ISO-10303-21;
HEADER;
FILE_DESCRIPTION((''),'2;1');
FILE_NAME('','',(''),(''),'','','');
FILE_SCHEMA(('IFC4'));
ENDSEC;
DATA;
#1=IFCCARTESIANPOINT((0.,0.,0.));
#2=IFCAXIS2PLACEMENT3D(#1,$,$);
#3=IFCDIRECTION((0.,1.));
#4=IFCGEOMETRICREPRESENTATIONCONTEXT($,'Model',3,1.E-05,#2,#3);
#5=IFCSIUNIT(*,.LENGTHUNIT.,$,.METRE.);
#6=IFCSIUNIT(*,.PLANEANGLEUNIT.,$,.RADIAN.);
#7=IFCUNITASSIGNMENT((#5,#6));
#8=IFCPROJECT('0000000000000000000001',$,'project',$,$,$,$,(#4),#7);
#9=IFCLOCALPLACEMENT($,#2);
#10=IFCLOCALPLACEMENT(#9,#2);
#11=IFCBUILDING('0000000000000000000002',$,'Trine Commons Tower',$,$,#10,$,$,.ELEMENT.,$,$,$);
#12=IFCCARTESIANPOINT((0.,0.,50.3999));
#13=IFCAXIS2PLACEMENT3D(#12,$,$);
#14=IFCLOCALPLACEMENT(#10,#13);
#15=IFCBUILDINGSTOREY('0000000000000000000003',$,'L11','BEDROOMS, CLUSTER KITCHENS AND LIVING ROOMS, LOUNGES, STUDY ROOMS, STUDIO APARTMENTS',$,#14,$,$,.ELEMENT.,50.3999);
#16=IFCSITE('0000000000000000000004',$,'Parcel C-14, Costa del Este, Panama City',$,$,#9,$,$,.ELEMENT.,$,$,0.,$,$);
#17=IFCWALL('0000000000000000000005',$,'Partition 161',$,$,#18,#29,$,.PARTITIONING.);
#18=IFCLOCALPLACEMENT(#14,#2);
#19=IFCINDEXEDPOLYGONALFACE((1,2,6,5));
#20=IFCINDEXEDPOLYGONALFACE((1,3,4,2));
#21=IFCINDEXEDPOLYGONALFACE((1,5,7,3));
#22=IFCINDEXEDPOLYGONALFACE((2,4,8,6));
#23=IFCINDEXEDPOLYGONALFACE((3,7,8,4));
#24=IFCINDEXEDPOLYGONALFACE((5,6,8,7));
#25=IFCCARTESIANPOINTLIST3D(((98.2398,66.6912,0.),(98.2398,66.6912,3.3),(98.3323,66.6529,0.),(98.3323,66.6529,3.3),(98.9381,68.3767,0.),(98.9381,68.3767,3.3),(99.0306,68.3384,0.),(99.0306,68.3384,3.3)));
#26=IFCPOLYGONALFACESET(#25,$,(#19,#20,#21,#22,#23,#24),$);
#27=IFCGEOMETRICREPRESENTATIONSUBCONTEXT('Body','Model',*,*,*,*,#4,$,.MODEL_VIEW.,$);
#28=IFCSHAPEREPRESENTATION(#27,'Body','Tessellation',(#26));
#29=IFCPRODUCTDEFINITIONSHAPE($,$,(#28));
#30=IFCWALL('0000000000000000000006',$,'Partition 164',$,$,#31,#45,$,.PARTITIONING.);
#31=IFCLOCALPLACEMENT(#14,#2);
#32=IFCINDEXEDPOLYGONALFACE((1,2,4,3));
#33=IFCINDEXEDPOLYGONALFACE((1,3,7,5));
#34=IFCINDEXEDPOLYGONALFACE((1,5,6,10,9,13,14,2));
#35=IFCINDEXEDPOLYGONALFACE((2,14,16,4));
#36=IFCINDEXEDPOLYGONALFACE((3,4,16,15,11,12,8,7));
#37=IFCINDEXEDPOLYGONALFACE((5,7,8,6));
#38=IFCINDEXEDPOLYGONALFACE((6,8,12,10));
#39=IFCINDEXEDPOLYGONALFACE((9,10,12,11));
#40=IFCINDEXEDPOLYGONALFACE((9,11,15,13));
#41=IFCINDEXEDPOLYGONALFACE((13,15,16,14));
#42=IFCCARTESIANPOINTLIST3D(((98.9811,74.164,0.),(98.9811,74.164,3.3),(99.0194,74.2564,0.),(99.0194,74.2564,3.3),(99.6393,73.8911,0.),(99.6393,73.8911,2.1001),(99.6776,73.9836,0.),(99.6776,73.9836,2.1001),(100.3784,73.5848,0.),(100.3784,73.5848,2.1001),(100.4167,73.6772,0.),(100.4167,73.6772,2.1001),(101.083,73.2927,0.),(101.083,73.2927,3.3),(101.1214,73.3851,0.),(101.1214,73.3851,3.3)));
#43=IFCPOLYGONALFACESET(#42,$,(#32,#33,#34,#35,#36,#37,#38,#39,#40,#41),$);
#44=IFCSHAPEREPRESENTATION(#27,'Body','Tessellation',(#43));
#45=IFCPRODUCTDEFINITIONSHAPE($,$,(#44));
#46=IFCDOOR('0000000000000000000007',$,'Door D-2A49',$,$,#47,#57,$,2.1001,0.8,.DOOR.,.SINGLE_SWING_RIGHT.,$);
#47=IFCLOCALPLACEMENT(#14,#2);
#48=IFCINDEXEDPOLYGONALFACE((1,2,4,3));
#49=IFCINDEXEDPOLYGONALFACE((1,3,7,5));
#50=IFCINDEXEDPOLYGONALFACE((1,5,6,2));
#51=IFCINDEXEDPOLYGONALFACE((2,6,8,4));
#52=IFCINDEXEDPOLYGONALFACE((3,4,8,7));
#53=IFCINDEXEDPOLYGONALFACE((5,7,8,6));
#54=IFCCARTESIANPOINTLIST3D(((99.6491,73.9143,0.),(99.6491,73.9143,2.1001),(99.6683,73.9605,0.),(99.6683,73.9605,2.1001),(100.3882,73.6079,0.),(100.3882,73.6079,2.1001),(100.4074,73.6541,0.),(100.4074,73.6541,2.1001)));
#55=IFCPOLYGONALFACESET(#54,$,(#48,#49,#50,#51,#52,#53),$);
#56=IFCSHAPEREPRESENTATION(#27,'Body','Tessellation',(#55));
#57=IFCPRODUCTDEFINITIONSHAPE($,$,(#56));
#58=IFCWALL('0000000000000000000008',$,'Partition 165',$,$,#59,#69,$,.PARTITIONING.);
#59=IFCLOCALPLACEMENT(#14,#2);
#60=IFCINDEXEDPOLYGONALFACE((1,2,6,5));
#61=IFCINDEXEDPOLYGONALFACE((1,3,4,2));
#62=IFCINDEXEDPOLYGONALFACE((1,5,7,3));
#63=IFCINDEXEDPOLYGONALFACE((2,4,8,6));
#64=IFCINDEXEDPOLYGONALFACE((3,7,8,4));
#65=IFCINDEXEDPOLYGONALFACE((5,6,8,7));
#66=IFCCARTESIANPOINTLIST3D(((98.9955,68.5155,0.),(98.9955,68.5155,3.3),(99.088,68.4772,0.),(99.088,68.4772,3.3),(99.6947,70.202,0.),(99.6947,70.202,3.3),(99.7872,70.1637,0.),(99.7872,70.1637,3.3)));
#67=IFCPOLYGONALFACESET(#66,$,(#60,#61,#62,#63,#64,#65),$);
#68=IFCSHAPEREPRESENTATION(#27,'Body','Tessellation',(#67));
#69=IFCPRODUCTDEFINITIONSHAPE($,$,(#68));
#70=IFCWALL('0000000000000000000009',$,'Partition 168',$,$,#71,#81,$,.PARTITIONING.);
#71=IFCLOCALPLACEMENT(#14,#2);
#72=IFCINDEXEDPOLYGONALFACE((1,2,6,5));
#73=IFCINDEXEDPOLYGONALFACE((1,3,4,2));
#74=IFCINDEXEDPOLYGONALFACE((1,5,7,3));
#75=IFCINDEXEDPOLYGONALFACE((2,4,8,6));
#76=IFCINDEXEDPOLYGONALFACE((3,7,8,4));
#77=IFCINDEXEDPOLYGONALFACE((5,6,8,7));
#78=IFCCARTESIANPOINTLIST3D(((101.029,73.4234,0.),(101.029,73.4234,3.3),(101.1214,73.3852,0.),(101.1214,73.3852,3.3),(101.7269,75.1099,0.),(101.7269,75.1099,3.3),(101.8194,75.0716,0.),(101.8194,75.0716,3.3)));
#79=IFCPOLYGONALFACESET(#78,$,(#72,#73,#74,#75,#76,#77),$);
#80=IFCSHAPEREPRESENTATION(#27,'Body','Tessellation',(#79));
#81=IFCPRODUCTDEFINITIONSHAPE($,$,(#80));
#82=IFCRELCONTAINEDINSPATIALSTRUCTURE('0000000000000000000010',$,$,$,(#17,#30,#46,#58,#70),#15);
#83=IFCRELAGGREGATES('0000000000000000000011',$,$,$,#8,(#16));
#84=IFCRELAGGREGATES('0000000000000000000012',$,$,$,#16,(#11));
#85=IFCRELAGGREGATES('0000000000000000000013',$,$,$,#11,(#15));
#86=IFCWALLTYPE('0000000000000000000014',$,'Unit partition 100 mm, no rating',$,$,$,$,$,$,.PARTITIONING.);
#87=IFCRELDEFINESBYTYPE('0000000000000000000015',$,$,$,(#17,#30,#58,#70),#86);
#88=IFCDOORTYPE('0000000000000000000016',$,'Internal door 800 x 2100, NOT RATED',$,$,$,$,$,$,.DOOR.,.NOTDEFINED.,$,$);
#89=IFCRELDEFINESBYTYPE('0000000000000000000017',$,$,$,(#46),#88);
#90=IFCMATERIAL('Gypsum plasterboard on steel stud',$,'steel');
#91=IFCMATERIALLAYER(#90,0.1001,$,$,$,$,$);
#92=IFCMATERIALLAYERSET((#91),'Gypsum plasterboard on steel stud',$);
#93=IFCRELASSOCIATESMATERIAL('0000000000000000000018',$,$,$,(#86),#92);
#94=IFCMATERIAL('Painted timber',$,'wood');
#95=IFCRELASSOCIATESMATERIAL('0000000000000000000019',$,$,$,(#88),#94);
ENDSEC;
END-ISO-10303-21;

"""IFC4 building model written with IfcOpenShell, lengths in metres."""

from ifc_helpers import new_model, si_unit, direction, frame, frame_2d, origin, place, context, subcontext, project, spatial, rectangle, extrude, material, layer, layer_set, type_object, element, fill, save


model = new_model("IFC4")

# Units and contexts
model_context = context("Model", 3, precision=1e-05, world=origin(), true_north=direction((0.0, 1.0)))
body_context = subcontext(model_context, "Body", "Model", "MODEL_VIEW")
ifc_project = project(units=[si_unit("LENGTHUNIT", "METRE"), si_unit("PLANEANGLEUNIT", "RADIAN")], contexts=[model_context])

# Site, building, storey
site_placement = place(None, origin())
site = spatial("IfcSite", under=ifc_project, at=site_placement, Name="Parcel C-14, Costa del Este, Panama City", CompositionType="ELEMENT", RefElevation=0.0)
building_placement = place(site_placement, origin())
building = spatial("IfcBuilding", under=site, at=building_placement, Name="Trine Commons Tower", CompositionType="ELEMENT")
storey_placement = place(building_placement, frame((0.0, 0.0, 50.3999)))
storey = spatial("IfcBuildingStorey", under=building, at=storey_placement, Name="L11", Description="BEDROOMS, CLUSTER KITCHENS AND LIVING ROOMS, LOUNGES, STUDY ROOMS, STUDIO APARTMENTS", CompositionType="ELEMENT", Elevation=50.3999)

# Shared definitions
ifc_material_1 = material(Name="Gypsum plasterboard on steel stud", Category="steel")

# Shared definitions
ifc_layer_1 = layer(ifc_material_1, 0.1001)
ifc_layer_set_1 = layer_set([ifc_layer_1], Name="Gypsum plasterboard on steel stud")
wall_type_1 = type_object("IfcWallType", Name="Unit partition 100 mm, no rating", PredefinedType="PARTITIONING", material=ifc_layer_set_1)
ifc_material_2 = material(Name="Painted timber", Category="wood")
door_type_1 = type_object("IfcDoorType", Name="Internal door 800 x 2100, NOT RATED", OperationType="NOTDEFINED", PredefinedType="DOOR", material=ifc_material_2)

# Wall
wall_1_placement = place(storey_placement, frame((98.2861, 66.6721, 0.0), z_axis=(0.0, 0.0, 1.0), x_axis=(0.382714, 0.923867, 0.0)))
element("IfcWall", 1, at=wall_1_placement, inside=storey, type_object=wall_type_1, Name="Partition 161", PredefinedType="PARTITIONING", context=body_context, shape_type="SweptSolid", body=[
    extrude(rectangle(XDim=1.8245, YDim=0.1001, at=frame_2d((0.9121, 0.0))), origin(), (0.0, 0.0, 1.0), 3.3),
])

# Wall, opening, door
wall_2_placement = place(storey_placement, frame((99.0002, 74.2102, 0.0), z_axis=(0.0, 0.0, 1.0), x_axis=(0.92378, -0.382923, 0.0)))
wall_2 = element("IfcWall", 2, at=wall_2_placement, inside=storey, type_object=wall_type_1, Name="Partition 164", PredefinedType="PARTITIONING", context=body_context, shape_type="SweptSolid", body=[
    extrude(rectangle(XDim=2.2754, YDim=0.1001, at=frame_2d((1.1377, 0.0))), origin(), (0.0, 0.0, 1.0), 3.3),
])
opening_1_placement = place(wall_2_placement, frame((0.7126, 0.0, 0.0)))
opening_1 = element("IfcOpeningElement", 3, at=opening_1_placement, cuts=wall_2, PredefinedType="OPENING", context=body_context, shape_type="SweptSolid", body=[
    extrude(rectangle(XDim=0.8, YDim=2.1001, at=frame_2d((0.3999, 1.05))), frame((0.0, 0.0601, 0.0), z_axis=(0.0, -1.0, 0.0), x_axis=(1.0, 0.0, 0.0)), (0.0, 0.0, 1.0), 0.1201),
])
door_1_placement = place(opening_1_placement, frame((0.8, 0.0, 0.0), z_axis=(0.0, 0.0, 1.0), x_axis=(-1.0, 0.0, 0.0)))
door_1 = element("IfcDoor", 4, at=door_1_placement, inside=storey, type_object=door_type_1, Name="Door D-2A49", OperationType="SINGLE_SWING_RIGHT", OverallHeight=2.1001, OverallWidth=0.8, PredefinedType="DOOR", context=body_context, shape_type="SweptSolid", body=[
    extrude(rectangle(XDim=0.8, YDim=2.1001, at=frame_2d((0.3999, 1.05))), frame((0.0, 0.0249, 0.0), z_axis=(0.0, -1.0, 0.0), x_axis=(1.0, 0.0, 0.0)), (0.0, 0.0, 1.0), 0.05),
])
fill(opening_1, door_1)

# Walls
wall_3_placement = place(storey_placement, frame((99.0417, 68.4963, 0.0), z_axis=(0.0, 0.0, 1.0), x_axis=(0.382982, 0.923756, 0.0)))
element("IfcWall", 5, at=wall_3_placement, inside=storey, type_object=wall_type_1, Name="Partition 165", PredefinedType="PARTITIONING", context=body_context, shape_type="SweptSolid", body=[
    extrude(rectangle(XDim=1.8257, YDim=0.1001, at=frame_2d((0.9128, 0.0))), origin(), (0.0, 0.0, 1.0), 3.3),
])
wall_4_placement = place(storey_placement, frame((101.0752, 73.4043, 0.0), z_axis=(0.0, 0.0, 1.0), x_axis=(0.382411, 0.923992, 0.0)))
element("IfcWall", 6, at=wall_4_placement, inside=storey, type_object=wall_type_1, Name="Partition 168", PredefinedType="PARTITIONING", context=body_context, shape_type="SweptSolid", body=[
    extrude(rectangle(XDim=1.8252, YDim=0.1001, at=frame_2d((0.9126, 0.0))), origin(), (0.0, 0.0, 1.0), 3.3),
])

save(model, "model.ifc")
